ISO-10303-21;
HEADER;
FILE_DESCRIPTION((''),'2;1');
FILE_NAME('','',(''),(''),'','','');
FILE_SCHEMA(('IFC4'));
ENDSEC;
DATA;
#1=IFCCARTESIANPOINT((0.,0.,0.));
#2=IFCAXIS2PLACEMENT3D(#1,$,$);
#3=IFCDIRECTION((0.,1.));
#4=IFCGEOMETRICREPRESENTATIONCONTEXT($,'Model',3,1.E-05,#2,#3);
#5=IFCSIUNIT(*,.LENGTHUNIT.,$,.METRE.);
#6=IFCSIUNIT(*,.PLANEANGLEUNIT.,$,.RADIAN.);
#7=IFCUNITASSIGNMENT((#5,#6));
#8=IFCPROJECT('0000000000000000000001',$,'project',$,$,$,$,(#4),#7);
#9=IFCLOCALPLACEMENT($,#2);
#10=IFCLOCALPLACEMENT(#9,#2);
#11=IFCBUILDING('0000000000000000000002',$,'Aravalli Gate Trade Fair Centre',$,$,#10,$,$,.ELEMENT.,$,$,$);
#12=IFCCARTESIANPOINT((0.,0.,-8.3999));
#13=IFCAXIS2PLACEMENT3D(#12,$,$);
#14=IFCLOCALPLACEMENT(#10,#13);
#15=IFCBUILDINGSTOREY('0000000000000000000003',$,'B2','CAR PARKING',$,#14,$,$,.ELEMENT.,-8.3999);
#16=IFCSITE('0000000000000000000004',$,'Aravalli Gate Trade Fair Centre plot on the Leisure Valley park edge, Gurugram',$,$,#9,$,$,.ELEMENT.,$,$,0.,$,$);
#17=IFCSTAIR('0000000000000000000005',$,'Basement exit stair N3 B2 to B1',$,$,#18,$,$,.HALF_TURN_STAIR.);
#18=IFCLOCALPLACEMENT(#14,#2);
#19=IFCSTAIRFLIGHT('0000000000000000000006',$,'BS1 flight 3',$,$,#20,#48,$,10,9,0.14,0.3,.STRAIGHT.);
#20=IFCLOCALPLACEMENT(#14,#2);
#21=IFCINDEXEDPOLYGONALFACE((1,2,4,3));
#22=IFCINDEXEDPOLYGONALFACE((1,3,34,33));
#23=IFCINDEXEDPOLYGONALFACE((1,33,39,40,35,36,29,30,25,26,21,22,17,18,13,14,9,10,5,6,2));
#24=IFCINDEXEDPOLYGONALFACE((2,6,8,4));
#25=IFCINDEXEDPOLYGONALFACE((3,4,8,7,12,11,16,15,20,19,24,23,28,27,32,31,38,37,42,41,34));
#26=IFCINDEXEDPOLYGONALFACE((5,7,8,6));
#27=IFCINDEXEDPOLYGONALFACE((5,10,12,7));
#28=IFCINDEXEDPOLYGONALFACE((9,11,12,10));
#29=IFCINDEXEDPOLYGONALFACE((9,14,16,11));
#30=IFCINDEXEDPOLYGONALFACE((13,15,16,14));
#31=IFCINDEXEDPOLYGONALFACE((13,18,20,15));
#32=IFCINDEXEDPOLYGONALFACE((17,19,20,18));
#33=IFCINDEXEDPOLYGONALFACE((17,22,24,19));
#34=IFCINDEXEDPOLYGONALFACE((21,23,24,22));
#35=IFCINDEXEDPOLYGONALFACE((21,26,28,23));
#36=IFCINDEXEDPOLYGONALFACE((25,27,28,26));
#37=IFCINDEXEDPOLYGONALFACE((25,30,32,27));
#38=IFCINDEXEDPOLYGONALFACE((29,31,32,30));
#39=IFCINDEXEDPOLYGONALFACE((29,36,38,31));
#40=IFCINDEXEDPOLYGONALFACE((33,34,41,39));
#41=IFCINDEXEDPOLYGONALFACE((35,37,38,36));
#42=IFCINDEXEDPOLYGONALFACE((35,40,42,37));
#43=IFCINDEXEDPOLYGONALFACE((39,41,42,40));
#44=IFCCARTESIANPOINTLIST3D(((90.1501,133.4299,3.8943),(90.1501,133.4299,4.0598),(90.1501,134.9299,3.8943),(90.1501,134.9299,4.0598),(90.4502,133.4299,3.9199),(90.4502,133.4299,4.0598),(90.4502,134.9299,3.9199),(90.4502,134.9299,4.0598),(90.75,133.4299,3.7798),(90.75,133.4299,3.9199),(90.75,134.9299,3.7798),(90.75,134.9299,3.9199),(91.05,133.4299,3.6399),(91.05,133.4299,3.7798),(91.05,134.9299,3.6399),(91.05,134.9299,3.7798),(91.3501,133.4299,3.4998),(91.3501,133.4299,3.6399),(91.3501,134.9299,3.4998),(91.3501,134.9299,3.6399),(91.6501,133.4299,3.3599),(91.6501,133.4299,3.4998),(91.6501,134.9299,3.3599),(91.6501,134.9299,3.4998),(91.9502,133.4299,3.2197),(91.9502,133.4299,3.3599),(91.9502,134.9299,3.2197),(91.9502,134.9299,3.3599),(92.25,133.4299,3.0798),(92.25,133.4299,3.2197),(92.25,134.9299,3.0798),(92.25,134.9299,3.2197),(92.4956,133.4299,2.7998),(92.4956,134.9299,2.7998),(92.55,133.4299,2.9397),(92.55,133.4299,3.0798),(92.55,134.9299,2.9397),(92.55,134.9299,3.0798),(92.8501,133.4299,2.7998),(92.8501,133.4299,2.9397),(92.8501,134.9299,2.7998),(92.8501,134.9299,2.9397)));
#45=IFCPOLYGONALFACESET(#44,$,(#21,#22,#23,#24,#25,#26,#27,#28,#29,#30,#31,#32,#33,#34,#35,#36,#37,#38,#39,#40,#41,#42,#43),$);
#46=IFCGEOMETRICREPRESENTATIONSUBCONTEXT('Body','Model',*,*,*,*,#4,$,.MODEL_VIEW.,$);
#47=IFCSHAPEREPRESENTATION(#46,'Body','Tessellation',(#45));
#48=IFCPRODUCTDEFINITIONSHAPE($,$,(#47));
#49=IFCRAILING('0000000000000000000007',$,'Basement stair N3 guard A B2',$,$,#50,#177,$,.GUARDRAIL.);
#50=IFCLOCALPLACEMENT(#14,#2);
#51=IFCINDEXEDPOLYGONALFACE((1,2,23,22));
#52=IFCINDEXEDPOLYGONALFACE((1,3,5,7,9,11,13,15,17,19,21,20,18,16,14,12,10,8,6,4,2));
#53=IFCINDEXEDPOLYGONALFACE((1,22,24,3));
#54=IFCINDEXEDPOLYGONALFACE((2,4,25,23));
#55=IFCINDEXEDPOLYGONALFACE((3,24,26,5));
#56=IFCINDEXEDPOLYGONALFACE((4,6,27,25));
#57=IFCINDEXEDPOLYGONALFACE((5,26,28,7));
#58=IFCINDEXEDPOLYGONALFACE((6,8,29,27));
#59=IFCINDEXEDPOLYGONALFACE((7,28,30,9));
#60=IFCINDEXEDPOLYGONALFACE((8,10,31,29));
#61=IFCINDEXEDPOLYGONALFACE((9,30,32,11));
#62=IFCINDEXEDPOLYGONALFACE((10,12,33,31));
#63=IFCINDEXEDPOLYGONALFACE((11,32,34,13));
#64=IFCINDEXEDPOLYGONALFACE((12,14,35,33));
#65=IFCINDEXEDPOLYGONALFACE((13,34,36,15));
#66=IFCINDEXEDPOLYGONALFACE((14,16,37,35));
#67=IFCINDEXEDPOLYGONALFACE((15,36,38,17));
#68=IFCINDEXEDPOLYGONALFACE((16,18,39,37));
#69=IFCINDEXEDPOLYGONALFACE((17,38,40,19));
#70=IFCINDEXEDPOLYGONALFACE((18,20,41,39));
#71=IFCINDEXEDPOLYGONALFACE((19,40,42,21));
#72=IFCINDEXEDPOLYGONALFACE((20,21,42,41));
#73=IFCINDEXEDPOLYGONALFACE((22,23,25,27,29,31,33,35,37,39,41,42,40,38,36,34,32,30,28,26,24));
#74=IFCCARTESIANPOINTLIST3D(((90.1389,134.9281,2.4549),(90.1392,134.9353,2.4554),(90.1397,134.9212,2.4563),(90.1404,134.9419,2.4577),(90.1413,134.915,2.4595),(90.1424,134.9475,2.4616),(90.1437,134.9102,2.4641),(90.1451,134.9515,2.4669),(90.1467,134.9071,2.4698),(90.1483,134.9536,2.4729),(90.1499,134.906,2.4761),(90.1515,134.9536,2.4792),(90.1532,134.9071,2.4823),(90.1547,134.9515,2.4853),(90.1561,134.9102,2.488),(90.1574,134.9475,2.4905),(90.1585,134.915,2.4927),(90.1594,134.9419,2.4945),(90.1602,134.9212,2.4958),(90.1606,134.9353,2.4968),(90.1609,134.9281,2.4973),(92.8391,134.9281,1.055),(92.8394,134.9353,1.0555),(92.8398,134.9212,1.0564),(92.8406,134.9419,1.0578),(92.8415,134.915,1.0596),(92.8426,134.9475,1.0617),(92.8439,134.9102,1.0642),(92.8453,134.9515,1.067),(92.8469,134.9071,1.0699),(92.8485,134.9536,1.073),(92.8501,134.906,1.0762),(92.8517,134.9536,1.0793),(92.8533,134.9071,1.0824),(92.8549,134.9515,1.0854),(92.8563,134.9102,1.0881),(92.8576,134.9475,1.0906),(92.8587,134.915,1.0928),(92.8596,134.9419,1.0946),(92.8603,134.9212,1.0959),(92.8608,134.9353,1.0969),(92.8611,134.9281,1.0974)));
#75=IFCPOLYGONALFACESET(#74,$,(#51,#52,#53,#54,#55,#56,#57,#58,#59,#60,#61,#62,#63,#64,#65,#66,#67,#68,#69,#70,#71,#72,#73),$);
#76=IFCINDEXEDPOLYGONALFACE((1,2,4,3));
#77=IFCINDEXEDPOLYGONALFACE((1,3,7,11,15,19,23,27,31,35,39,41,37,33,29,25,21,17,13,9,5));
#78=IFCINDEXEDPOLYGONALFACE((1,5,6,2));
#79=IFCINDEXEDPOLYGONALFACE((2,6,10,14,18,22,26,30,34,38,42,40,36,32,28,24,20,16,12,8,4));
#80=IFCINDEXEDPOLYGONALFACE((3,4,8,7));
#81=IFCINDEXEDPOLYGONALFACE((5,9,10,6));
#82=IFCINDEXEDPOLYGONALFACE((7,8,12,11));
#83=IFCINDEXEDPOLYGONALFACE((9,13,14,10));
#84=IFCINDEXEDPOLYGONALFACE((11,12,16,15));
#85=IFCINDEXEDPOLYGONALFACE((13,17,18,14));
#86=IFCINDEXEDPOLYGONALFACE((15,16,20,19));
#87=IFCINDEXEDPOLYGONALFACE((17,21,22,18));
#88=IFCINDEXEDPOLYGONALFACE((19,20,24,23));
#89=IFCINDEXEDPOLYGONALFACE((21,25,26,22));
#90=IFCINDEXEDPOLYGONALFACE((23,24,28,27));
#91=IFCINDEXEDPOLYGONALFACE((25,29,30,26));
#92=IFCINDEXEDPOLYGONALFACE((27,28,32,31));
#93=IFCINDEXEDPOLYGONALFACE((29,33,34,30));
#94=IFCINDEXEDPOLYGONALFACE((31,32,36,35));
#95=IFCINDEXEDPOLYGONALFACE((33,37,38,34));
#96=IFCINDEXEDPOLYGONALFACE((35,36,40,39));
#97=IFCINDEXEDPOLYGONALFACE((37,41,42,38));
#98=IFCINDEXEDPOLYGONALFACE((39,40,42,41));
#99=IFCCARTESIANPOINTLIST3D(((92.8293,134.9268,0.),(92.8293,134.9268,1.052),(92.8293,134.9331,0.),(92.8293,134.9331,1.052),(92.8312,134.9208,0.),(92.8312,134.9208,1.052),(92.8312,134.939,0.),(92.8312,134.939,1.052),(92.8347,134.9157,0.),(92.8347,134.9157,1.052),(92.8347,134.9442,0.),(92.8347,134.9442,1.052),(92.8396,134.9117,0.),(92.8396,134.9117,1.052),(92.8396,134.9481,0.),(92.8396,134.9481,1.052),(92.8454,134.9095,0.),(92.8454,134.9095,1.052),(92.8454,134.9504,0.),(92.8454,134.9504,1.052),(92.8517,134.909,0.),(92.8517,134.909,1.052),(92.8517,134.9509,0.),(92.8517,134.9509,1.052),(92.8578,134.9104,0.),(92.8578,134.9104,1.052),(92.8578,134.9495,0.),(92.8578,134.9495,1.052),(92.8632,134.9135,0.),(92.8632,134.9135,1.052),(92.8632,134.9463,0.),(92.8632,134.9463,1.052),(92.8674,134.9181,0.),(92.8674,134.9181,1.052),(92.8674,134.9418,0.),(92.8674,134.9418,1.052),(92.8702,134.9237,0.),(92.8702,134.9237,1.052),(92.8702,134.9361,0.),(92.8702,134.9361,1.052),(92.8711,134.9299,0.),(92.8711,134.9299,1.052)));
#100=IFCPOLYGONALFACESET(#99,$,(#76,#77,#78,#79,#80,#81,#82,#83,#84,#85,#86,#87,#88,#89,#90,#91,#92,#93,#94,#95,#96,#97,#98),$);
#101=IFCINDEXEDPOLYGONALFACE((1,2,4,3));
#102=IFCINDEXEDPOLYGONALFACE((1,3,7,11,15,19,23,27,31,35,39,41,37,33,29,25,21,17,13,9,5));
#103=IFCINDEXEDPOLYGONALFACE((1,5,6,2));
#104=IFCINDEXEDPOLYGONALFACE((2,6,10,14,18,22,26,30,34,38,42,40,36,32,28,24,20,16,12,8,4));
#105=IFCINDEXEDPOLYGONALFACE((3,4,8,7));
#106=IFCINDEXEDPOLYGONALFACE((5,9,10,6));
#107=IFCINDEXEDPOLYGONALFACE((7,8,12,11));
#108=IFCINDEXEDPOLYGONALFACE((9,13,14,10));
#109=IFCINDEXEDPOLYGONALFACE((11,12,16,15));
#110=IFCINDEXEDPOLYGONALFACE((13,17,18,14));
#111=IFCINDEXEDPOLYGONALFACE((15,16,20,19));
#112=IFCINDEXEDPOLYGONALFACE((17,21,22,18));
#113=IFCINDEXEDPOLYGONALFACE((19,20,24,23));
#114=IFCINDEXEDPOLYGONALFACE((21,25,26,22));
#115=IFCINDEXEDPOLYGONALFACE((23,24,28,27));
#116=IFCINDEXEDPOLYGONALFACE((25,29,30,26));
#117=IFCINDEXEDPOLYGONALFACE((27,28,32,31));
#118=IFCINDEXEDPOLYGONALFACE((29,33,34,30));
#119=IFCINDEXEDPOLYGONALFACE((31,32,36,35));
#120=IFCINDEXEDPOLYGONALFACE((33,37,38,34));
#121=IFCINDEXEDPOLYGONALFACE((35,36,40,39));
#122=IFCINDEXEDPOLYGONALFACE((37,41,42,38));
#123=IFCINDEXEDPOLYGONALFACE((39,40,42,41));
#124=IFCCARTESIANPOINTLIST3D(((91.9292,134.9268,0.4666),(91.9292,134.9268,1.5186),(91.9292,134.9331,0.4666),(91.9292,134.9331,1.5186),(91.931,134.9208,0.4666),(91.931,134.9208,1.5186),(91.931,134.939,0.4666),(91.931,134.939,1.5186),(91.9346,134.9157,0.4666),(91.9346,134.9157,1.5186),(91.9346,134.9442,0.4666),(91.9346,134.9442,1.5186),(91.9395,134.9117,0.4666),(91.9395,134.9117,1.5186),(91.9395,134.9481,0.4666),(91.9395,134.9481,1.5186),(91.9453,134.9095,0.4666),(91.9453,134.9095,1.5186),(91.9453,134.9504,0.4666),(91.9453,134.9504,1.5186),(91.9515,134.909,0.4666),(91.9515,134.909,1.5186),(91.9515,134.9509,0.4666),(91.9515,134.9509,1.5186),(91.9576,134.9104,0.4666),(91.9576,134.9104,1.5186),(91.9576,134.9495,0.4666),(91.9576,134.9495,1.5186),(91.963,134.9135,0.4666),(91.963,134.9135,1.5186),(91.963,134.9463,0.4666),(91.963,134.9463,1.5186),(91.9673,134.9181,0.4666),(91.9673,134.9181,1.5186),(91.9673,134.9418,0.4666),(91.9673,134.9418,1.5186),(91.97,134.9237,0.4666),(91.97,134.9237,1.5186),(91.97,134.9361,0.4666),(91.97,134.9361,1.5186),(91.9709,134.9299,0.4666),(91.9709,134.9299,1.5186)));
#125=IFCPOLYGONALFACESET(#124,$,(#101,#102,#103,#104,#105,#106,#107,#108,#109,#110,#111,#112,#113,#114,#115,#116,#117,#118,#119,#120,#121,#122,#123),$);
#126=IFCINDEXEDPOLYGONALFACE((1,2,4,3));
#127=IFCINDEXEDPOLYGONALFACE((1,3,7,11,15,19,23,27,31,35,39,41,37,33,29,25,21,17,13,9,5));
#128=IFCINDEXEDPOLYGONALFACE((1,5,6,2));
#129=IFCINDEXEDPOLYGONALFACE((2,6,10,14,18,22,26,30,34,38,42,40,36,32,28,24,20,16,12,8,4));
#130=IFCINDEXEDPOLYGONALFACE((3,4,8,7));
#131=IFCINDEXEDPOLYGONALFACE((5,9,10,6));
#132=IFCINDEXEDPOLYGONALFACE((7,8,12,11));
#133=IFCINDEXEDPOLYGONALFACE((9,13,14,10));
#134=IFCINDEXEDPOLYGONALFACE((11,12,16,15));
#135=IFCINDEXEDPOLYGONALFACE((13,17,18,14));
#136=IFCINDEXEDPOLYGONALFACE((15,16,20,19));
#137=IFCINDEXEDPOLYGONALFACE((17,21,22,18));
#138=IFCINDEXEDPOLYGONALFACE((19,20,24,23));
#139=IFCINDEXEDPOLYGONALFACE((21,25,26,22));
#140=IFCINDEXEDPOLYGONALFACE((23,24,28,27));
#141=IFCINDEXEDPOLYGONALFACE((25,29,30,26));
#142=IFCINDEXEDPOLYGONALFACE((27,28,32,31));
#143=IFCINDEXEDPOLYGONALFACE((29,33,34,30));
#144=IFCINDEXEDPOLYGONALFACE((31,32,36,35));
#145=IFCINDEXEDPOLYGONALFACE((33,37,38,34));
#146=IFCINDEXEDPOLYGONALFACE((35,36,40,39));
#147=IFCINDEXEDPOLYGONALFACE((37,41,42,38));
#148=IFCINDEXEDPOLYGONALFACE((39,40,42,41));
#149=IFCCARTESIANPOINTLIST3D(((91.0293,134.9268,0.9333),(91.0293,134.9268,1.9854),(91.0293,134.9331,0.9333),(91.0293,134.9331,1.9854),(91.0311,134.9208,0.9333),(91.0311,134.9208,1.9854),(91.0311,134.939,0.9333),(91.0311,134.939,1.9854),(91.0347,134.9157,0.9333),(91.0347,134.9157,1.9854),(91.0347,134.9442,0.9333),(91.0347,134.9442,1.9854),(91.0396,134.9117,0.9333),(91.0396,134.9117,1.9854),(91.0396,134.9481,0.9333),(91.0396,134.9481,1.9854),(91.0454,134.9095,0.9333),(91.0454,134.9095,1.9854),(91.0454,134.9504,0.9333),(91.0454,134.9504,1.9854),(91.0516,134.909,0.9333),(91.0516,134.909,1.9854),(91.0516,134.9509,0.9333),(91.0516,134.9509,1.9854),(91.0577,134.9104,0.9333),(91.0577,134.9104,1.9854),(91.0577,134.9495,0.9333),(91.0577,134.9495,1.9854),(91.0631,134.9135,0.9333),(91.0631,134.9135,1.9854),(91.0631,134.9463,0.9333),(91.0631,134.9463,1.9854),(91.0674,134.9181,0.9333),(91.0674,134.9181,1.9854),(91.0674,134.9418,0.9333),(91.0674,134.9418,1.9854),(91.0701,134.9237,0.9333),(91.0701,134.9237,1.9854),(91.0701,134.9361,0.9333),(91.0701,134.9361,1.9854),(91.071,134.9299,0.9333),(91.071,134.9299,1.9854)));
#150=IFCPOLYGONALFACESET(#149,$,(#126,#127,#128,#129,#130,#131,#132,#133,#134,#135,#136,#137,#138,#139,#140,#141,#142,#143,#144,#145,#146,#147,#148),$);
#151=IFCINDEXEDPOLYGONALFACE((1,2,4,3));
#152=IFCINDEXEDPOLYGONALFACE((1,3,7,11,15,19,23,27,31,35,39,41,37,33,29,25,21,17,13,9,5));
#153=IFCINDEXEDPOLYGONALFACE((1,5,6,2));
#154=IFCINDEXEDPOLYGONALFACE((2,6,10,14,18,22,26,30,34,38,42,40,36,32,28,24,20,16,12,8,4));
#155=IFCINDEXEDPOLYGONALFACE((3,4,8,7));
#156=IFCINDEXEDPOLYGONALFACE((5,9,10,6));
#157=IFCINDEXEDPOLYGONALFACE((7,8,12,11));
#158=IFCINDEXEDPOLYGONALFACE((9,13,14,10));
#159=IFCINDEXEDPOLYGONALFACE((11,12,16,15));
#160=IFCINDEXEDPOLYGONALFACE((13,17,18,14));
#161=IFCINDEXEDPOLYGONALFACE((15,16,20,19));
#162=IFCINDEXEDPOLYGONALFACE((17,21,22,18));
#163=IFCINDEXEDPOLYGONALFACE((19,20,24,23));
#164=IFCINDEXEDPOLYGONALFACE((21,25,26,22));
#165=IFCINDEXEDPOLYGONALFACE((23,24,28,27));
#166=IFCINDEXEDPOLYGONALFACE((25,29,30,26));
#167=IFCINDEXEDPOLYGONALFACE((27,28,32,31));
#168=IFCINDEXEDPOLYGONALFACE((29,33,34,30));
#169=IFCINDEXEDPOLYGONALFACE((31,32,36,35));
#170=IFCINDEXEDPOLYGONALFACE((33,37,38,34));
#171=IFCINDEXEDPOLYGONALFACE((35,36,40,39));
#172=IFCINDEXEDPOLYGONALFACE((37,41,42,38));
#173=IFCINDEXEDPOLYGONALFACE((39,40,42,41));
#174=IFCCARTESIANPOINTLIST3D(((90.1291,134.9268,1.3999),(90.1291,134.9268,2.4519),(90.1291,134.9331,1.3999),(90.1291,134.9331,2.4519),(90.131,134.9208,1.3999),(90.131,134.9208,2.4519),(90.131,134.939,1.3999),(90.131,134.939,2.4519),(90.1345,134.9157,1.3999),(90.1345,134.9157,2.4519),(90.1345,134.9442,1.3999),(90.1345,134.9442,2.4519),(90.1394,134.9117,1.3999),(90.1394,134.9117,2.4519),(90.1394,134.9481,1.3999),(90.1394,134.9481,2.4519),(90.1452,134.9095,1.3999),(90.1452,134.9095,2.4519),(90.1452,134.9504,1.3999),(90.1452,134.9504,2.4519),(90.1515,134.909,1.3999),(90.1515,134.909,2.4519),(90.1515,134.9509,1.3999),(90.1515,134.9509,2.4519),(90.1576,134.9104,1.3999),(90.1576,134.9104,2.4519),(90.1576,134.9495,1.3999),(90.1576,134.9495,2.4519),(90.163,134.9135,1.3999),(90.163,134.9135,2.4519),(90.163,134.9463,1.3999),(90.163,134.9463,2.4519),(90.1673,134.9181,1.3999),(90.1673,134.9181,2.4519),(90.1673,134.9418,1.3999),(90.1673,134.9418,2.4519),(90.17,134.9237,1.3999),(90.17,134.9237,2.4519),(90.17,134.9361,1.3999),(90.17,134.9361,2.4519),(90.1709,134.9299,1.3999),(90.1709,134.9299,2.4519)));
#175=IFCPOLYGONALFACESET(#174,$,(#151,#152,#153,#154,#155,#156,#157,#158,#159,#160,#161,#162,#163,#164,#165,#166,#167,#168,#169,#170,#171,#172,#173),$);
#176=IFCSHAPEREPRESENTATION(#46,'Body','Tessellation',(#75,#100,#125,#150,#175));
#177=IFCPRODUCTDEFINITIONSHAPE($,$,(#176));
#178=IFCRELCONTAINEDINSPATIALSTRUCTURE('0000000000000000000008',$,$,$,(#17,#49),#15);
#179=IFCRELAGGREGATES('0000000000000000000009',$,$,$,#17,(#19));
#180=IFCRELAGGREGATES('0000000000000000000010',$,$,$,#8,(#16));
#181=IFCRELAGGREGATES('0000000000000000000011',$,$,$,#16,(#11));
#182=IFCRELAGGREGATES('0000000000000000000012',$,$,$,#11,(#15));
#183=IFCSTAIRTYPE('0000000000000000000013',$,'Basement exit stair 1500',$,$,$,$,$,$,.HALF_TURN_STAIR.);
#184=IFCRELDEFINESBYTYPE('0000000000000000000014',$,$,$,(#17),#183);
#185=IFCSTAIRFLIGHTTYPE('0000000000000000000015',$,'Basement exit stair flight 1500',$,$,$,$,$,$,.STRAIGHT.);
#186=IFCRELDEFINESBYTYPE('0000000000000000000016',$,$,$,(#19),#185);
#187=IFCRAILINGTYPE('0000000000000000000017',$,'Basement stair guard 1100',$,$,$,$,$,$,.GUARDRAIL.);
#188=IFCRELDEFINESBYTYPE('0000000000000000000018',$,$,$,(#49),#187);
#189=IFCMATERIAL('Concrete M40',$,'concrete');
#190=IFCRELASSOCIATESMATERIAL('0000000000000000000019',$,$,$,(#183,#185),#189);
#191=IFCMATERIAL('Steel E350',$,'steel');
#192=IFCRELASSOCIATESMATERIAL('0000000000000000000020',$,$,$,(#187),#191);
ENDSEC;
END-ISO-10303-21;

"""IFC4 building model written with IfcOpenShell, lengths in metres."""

from ifc_helpers import new_model, si_unit, direction, frame, origin, origin_2d, place, context, subcontext, project, spatial, polyline, circle, outline, extrude, material, type_object, element, aggregate, save


model = new_model("IFC4")

# Units and contexts
model_context = context("Model", 3, precision=1e-05, world=origin(), true_north=direction((0.0, 1.0)))
body_context = subcontext(model_context, "Body", "Model", "MODEL_VIEW")
ifc_project = project(units=[si_unit("LENGTHUNIT", "METRE"), si_unit("PLANEANGLEUNIT", "RADIAN")], contexts=[model_context])

# Site, building, storey
site_placement = place(None, origin())
site = spatial("IfcSite", under=ifc_project, at=site_placement, Name="Aravalli Gate Trade Fair Centre plot on the Leisure Valley park edge, Gurugram", CompositionType="ELEMENT", RefElevation=0.0)
building_placement = place(site_placement, origin())
building = spatial("IfcBuilding", under=site, at=building_placement, Name="Aravalli Gate Trade Fair Centre", CompositionType="ELEMENT")
storey_placement = place(building_placement, frame((0.0, 0.0, -8.3999)))
storey = spatial("IfcBuildingStorey", under=building, at=storey_placement, Name="B2", Description="CAR PARKING", CompositionType="ELEMENT", Elevation=-8.3999)

# Shared definitions
ifc_material_1 = material(Name="Concrete M40", Category="concrete")

# Stair, stair flight
stair_type = type_object("IfcStairType", Name="Basement exit stair 1500", PredefinedType="HALF_TURN_STAIR", material=ifc_material_1)
stair_placement = place(storey_placement, origin())
stair = element("IfcStair", 1, at=stair_placement, inside=storey, type_object=stair_type, Name="Basement exit stair N3 B2 to B1", PredefinedType="HALF_TURN_STAIR")
stair_flight_type = type_object("IfcStairFlightType", Name="Basement exit stair flight 1500", PredefinedType="STRAIGHT", material=ifc_material_1)
stair_flight_1_placement = place(storey_placement, frame((92.8501, 134.1799, 2.7998), z_axis=(0.0, 0.0, 1.0), x_axis=(-1.0, 0.0, 0.0)))
stair_flight_1 = element("IfcStairFlight", 2, at=stair_flight_1_placement, type_object=stair_flight_type, Name="BS1 flight 3", NumberOfRisers=10, NumberOfTreads=9, PredefinedType="STRAIGHT", RiserHeight=0.14, TreadLength=0.3, context=body_context, shape_type="SweptSolid", body=[
    extrude(outline(polyline([(0.0, 0.0), (0.0, 0.1399), (0.3, 0.1399), (0.3, 0.28), (0.6001, 0.28), (0.6001, 0.4199), (0.8999, 0.4199), (0.8999, 0.5601), (1.2, 0.5601), (1.2, 0.7), (1.5, 0.7), (1.5, 0.8401), (1.8, 0.8401), (1.8, 0.98), (2.1001, 0.98), (2.1001, 1.1201), (2.3999, 1.1201), (2.3999, 1.26), (2.7, 1.26), (2.7, 1.3999), (2.7, 1.0945), (0.3545, 0.0), (0.0, 0.0)])), frame((0.0, 0.75, 0.0), z_axis=(0.0, -1.0, 0.0), x_axis=(1.0, 0.0, 0.0)), (0.0, 0.0, 1.0), 1.5),
])
aggregate(stair, [stair_flight_1])

# Railing
ifc_material_2 = material(Name="Steel E350", Category="steel")
railing_type_1 = type_object("IfcRailingType", Name="Basement stair guard 1100", PredefinedType="GUARDRAIL", material=ifc_material_2)
railing_1_placement = place(storey_placement, frame((92.8501, 134.9299, 0.0)))
element("IfcRailing", 3, at=railing_1_placement, inside=storey, type_object=railing_type_1, Name="Basement stair N3 guard A B2", PredefinedType="GUARDRAIL", context=body_context, shape_type="SweptSolid", body=[
    extrude(circle(Radius=0.0239, at=origin_2d()), frame((0.0, 0.0, 1.0762), z_axis=(-0.887781, 0.0, 0.460266), x_axis=(0.0, -1.0, 0.0)), (0.0, 0.0, 1.0), 3.0415),
    extrude(circle(Radius=0.021, at=origin_2d()), origin(), (0.0, 0.0, 1.0), 1.052),
    extrude(circle(Radius=0.021, at=origin_2d()), frame((-0.9001, 0.0, 0.4666)), (0.0, 0.0, 1.0), 1.052),
    extrude(circle(Radius=0.021, at=origin_2d()), frame((-1.8, 0.0, 0.9333)), (0.0, 0.0, 1.0), 1.052),
    extrude(circle(Radius=0.021, at=origin_2d()), frame((-2.7002, 0.0, 1.3999)), (0.0, 0.0, 1.0), 1.052),
])

save(model, "model.ifc")
